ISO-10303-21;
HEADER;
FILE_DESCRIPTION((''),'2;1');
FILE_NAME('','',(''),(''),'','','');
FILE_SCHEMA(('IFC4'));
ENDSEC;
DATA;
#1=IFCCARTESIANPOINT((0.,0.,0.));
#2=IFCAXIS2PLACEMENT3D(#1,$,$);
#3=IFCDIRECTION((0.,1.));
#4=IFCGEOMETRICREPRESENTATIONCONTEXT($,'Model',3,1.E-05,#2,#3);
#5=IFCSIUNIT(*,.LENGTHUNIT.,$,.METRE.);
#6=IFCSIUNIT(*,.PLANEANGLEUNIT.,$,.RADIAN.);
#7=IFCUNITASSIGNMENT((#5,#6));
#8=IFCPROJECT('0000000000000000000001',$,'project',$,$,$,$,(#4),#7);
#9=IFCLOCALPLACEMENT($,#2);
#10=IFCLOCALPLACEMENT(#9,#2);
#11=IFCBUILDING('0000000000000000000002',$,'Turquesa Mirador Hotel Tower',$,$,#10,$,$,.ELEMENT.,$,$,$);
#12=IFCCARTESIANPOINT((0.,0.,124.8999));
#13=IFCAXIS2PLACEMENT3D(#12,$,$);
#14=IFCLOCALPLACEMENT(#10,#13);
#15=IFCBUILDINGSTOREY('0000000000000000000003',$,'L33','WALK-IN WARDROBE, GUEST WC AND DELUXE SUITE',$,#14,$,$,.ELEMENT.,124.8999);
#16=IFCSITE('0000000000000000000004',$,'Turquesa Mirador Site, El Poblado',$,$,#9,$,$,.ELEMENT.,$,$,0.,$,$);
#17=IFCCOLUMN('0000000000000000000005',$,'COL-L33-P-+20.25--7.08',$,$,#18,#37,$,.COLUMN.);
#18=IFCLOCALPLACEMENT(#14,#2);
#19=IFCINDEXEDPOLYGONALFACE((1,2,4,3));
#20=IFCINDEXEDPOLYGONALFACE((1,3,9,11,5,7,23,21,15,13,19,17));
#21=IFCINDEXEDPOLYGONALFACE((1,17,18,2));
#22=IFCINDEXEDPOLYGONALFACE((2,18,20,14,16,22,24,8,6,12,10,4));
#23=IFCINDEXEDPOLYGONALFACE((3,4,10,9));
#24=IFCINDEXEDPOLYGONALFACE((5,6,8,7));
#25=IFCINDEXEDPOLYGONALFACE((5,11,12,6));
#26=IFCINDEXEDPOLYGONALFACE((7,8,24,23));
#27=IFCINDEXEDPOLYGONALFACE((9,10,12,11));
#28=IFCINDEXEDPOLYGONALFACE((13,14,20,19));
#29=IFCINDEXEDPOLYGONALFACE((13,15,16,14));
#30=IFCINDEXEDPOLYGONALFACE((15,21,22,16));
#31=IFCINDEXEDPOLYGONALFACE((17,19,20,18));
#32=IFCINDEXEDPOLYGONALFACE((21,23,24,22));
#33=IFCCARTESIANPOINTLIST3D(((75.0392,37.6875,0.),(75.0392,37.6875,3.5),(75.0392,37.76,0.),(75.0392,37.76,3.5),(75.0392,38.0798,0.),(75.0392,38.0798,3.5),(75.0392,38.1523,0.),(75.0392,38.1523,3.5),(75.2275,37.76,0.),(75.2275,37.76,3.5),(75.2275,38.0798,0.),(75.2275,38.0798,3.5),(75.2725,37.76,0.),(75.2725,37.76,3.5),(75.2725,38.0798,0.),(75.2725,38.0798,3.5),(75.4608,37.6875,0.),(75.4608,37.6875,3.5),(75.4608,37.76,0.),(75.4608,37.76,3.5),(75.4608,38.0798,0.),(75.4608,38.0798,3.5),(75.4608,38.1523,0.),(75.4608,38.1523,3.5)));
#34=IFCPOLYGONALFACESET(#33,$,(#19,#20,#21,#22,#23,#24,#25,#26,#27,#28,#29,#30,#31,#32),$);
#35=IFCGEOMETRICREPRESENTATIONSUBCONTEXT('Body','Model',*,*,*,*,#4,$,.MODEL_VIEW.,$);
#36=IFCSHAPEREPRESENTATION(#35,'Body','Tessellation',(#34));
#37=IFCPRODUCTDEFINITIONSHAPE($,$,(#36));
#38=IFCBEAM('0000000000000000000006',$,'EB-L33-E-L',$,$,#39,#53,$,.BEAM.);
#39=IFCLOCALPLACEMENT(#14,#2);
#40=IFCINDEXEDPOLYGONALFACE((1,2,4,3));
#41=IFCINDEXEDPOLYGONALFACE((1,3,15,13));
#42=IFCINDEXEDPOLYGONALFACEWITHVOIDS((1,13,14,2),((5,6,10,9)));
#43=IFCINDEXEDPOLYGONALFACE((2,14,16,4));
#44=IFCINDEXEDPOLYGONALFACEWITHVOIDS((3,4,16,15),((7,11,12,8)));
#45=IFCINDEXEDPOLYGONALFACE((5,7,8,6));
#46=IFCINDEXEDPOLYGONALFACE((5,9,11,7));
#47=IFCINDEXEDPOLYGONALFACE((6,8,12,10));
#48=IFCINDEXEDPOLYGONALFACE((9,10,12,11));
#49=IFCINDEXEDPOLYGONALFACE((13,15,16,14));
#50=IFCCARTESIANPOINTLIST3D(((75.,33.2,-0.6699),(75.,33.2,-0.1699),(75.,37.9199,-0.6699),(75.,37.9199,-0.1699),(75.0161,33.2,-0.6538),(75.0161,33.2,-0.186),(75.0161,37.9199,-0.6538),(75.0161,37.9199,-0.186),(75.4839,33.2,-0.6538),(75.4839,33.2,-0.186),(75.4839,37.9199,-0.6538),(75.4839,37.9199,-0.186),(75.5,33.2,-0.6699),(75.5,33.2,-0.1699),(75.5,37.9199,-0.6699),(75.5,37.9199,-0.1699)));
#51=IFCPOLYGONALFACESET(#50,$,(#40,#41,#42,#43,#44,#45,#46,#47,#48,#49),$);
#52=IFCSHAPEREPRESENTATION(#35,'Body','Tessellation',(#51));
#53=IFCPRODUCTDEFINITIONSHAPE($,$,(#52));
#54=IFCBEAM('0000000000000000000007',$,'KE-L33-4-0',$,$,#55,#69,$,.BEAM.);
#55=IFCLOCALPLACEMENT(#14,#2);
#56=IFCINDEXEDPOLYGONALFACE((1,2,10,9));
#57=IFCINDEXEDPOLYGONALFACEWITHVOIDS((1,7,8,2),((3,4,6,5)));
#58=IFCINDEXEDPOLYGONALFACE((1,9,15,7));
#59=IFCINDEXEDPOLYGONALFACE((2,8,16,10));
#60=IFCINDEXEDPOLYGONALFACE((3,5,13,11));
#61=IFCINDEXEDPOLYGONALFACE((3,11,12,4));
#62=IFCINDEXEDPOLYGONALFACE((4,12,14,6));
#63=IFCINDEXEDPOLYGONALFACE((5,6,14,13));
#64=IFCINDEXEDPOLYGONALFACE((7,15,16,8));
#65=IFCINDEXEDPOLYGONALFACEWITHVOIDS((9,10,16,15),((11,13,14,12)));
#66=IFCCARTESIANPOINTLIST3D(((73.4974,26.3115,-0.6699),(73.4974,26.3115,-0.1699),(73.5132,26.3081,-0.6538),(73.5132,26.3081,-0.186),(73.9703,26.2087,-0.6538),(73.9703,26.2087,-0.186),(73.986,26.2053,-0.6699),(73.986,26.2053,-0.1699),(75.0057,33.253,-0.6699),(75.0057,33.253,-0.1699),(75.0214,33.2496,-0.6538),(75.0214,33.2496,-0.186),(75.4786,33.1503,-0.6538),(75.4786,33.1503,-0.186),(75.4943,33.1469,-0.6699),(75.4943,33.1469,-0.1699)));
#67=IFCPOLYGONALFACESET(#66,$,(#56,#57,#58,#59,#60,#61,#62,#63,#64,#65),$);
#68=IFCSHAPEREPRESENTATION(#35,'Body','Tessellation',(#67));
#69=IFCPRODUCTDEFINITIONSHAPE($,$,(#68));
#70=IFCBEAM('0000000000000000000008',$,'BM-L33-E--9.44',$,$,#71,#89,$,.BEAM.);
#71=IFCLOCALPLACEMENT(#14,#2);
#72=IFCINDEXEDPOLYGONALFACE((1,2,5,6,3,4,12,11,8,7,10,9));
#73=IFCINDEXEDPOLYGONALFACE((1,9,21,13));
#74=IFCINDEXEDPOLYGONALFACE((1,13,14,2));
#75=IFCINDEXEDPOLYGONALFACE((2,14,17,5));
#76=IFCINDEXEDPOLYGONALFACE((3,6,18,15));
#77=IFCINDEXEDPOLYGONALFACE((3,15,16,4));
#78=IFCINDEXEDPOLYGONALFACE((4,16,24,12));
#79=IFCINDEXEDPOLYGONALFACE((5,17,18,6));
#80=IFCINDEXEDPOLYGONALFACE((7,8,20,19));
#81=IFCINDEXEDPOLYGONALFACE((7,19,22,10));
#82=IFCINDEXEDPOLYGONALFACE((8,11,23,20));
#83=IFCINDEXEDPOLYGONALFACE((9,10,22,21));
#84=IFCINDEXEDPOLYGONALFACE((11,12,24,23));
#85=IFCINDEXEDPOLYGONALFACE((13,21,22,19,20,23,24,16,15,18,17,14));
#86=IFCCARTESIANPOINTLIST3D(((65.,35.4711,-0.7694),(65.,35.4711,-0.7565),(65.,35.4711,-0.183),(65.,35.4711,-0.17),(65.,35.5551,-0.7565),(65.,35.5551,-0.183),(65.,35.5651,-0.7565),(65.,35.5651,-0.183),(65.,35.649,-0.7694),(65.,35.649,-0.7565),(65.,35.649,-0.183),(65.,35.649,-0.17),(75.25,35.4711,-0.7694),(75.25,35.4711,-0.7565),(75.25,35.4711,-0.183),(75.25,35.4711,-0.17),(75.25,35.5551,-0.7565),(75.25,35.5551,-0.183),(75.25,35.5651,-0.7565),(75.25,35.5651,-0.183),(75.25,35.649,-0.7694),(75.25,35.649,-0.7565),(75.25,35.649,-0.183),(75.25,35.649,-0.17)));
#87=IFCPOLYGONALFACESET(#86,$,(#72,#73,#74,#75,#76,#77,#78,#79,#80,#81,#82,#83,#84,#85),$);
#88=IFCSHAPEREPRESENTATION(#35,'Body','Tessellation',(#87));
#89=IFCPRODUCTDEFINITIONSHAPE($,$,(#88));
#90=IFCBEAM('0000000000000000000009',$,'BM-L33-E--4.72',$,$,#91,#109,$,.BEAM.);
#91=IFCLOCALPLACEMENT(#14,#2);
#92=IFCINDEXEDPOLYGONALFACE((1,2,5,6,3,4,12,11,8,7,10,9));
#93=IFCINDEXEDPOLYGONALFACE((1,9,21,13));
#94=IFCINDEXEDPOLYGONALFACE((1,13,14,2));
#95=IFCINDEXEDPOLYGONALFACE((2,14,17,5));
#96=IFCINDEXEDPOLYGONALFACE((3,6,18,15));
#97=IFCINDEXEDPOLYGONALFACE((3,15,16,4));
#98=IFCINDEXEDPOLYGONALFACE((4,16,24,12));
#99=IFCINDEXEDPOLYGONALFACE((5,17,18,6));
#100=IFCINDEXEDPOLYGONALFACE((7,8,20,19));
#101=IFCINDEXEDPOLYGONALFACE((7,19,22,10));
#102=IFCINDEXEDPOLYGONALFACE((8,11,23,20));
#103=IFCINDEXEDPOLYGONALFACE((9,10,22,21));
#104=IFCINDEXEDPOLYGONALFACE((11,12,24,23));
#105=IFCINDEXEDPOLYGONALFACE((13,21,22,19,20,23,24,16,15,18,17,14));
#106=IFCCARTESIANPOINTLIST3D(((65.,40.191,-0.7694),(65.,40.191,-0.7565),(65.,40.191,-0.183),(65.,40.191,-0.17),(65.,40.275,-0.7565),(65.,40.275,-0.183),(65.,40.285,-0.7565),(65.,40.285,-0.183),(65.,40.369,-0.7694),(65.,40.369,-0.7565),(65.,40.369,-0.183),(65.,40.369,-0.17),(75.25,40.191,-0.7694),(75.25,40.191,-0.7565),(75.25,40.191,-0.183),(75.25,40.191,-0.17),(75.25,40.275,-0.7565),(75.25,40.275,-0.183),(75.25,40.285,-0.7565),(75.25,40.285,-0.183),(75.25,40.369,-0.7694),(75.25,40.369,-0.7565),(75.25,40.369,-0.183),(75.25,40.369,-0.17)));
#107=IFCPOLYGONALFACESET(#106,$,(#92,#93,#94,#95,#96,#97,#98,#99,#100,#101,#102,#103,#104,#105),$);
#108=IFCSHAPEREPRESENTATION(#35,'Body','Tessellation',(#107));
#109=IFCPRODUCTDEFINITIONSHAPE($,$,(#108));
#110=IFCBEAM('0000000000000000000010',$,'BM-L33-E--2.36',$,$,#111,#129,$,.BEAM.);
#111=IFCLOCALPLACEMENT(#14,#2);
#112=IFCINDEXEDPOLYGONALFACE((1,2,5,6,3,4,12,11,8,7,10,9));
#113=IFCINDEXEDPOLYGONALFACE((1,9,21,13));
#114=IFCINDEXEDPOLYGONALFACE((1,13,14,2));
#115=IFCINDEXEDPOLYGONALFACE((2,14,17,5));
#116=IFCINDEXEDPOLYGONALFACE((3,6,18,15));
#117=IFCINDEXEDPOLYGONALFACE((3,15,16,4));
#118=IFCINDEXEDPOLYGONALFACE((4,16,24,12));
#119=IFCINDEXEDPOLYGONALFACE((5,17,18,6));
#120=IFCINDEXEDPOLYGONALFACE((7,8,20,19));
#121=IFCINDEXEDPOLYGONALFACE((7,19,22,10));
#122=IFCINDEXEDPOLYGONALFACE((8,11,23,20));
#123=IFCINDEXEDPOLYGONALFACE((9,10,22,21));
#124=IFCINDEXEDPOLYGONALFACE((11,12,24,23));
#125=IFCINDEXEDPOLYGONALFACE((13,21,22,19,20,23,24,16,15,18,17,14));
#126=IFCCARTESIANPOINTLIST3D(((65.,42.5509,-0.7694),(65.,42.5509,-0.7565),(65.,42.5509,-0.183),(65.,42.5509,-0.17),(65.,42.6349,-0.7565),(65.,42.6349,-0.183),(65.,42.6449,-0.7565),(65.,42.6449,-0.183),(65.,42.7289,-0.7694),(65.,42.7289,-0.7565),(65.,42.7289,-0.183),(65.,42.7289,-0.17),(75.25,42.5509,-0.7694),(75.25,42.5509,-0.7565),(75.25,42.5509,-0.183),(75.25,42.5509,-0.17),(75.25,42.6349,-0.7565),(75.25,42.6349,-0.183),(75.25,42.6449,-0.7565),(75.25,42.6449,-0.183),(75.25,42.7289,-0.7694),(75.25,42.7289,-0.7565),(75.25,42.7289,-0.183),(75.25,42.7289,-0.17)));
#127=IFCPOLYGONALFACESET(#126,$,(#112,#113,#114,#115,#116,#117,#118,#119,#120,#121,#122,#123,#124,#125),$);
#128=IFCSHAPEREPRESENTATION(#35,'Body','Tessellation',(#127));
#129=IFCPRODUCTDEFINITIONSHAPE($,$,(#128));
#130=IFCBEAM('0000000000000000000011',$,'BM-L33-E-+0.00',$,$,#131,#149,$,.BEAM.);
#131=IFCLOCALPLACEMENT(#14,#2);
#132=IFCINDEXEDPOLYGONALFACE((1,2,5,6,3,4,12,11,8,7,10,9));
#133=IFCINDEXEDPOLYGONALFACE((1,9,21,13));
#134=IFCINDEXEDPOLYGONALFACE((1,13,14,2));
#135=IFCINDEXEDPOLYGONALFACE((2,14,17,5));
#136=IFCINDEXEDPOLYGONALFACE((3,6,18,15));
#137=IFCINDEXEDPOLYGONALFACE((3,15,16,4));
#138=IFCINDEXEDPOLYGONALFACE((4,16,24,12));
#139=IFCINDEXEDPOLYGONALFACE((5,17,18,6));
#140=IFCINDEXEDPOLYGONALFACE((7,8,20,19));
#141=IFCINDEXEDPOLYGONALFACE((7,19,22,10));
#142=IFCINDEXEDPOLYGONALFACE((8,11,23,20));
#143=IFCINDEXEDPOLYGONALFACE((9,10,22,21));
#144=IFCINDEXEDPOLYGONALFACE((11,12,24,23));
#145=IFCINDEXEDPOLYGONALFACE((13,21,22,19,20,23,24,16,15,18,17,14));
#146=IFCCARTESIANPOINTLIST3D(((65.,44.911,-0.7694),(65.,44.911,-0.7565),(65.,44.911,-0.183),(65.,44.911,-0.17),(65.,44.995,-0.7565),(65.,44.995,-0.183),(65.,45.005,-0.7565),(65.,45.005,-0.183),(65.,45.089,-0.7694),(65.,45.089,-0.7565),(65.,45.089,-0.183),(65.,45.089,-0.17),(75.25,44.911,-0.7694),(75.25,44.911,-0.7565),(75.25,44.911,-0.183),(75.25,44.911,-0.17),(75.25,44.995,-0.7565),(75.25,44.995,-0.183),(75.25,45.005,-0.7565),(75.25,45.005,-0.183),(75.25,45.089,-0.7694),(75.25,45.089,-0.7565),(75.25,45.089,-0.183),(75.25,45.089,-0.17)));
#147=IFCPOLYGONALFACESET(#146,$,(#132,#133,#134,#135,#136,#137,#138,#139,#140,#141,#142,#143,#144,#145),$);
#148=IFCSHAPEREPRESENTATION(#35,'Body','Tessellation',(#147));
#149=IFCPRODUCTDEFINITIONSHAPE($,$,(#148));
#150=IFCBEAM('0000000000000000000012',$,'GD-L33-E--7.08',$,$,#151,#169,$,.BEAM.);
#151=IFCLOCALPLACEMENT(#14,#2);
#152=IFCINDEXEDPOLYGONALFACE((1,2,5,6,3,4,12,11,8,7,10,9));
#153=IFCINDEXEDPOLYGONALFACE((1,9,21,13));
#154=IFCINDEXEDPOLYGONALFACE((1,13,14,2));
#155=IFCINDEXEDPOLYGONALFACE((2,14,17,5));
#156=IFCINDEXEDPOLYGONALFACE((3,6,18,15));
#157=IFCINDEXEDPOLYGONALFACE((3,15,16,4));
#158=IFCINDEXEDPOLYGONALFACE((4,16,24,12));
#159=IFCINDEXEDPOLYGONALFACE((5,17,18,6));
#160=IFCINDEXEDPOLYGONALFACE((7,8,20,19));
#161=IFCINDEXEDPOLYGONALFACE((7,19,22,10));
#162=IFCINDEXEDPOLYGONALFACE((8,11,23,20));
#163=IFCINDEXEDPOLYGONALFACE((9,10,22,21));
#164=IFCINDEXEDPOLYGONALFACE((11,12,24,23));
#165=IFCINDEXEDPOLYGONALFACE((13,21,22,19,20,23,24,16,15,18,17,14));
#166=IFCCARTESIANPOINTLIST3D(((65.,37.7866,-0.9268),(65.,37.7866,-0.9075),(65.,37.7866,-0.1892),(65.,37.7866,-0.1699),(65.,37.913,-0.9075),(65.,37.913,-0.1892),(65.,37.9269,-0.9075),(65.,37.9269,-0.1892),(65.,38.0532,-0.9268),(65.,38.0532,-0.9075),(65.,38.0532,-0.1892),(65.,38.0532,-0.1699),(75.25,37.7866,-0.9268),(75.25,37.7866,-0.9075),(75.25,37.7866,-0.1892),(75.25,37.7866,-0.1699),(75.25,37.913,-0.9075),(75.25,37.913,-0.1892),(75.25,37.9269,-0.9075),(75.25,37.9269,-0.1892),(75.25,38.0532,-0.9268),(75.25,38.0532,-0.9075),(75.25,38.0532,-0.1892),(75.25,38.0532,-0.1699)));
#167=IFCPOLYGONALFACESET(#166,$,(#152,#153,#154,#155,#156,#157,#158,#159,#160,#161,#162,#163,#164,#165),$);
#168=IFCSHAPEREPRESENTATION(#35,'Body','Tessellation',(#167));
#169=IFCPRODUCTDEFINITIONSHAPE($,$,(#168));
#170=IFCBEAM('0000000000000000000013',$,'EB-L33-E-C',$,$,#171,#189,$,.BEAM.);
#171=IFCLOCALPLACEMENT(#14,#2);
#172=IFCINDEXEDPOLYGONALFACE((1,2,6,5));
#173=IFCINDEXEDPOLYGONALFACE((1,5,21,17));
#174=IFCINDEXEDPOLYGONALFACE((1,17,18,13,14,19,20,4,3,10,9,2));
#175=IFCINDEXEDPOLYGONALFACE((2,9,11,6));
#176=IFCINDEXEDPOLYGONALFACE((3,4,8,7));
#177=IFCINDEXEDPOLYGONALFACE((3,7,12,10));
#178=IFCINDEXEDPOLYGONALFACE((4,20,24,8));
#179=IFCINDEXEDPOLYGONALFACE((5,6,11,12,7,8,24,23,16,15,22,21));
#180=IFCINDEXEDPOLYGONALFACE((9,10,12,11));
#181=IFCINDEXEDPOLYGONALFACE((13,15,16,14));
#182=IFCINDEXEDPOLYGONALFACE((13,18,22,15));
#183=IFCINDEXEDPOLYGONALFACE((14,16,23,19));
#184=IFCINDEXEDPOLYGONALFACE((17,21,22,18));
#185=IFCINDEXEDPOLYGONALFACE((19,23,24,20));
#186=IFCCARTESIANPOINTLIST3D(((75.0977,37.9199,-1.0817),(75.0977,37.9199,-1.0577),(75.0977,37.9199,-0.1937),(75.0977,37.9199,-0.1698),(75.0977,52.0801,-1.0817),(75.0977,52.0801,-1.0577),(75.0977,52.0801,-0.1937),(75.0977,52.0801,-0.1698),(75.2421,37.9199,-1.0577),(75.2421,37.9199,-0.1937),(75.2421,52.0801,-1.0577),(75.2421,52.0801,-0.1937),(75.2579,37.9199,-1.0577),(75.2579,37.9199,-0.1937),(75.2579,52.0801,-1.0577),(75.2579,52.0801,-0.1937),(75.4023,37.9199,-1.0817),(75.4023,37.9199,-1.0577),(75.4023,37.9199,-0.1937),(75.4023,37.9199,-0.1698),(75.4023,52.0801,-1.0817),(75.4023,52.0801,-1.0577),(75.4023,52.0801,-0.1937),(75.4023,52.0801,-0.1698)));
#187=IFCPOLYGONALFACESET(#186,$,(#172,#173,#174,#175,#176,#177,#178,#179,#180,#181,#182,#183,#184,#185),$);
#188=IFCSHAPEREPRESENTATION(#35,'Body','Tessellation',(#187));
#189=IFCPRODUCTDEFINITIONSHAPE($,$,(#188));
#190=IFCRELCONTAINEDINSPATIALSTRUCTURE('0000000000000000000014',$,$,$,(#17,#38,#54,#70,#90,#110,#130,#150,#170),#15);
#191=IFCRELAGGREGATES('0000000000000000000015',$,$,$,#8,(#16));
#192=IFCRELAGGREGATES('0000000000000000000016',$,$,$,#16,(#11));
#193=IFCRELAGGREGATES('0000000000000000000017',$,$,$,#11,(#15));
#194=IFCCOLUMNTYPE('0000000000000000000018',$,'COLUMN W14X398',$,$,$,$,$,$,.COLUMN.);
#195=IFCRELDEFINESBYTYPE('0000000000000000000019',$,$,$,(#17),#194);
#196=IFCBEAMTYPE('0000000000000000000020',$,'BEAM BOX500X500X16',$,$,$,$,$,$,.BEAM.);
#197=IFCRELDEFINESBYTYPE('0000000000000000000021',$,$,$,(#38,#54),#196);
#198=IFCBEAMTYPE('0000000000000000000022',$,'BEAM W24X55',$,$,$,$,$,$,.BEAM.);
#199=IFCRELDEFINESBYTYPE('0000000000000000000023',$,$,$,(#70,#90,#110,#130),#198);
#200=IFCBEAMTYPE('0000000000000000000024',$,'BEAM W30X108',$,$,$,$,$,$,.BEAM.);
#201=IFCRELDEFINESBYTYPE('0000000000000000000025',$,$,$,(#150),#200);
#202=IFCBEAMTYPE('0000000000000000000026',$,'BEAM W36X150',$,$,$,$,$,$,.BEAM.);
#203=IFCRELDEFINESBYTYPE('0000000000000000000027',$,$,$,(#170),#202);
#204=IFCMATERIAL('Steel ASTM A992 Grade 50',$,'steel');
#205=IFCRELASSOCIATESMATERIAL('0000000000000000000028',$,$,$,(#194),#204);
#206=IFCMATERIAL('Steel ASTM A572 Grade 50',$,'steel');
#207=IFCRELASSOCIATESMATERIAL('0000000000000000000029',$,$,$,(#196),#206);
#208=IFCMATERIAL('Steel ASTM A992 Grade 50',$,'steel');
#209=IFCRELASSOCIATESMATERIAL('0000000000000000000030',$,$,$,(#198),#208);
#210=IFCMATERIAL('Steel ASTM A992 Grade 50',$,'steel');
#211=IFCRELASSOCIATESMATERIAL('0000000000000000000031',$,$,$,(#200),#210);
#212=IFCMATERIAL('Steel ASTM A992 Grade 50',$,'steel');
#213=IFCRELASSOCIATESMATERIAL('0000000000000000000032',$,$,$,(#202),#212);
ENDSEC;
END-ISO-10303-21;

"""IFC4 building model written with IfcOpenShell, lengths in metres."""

from ifc_helpers import new_model, si_unit, direction, frame, origin, origin_2d, place, context, subcontext, project, spatial, hollow_rectangle, i_section, extrude, material, material_profile, profile_set, type_object, element, save


model = new_model("IFC4")

# Units and contexts
model_context = context("Model", 3, precision=1e-05, world=origin(), true_north=direction((0.0, 1.0)))
body_context = subcontext(model_context, "Body", "Model", "MODEL_VIEW")
ifc_project = project(units=[si_unit("LENGTHUNIT", "METRE"), si_unit("PLANEANGLEUNIT", "RADIAN")], contexts=[model_context])

# Site, building, storey
site_placement = place(None, origin())
site = spatial("IfcSite", under=ifc_project, at=site_placement, Name="Turquesa Mirador Site, El Poblado", CompositionType="ELEMENT", RefElevation=0.0)
building_placement = place(site_placement, origin())
building = spatial("IfcBuilding", under=site, at=building_placement, Name="Turquesa Mirador Hotel Tower", CompositionType="ELEMENT")
storey_placement = place(building_placement, frame((0.0, 0.0, 124.8999)))
storey = spatial("IfcBuildingStorey", under=building, at=storey_placement, Name="L33", Description="WALK-IN WARDROBE, GUEST WC AND DELUXE SUITE", CompositionType="ELEMENT", Elevation=124.8999)

# Column
ifc_material_1 = material(Name="Steel ASTM A992 Grade 50", Category="steel")
ifc_material_profile_1 = material_profile(ifc_material_1, i_section(OverallWidth=0.4216, OverallDepth=0.4648, WebThickness=0.0449, FlangeThickness=0.0725, at=origin_2d()), Name="W14X398")
ifc_profile_set_1 = profile_set([ifc_material_profile_1], Name="Steel ASTM A992 Grade 50")
column_type = type_object("IfcColumnType", Name="COLUMN W14X398", PredefinedType="COLUMN", material=ifc_profile_set_1)
column_placement = place(storey_placement, frame((75.25, 37.9199, 0.0), z_axis=(0.0, 0.0, 1.0), x_axis=(1.0, 0.0, 0.0)))
element("IfcColumn", 1, at=column_placement, inside=storey, type_object=column_type, Name="COL-L33-P-+20.25--7.08", PredefinedType="COLUMN", context=body_context, shape_type="SweptSolid", body=[
    extrude(i_section(OverallWidth=0.4216, OverallDepth=0.4648, WebThickness=0.0449, FlangeThickness=0.0725, at=origin_2d()), origin(), (0.0, 0.0, 1.0), 3.5),
])

# Beams
ifc_material_2 = material(Name="Steel ASTM A572 Grade 50", Category="steel")
ifc_material_profile_2 = material_profile(ifc_material_2, hollow_rectangle(XDim=0.5, YDim=0.5, WallThickness=0.0161, at=origin_2d()), Name="BOX500X500X16")
ifc_profile_set_2 = profile_set([ifc_material_profile_2], Name="Steel ASTM A572 Grade 50")
beam_type_1 = type_object("IfcBeamType", Name="BEAM BOX500X500X16", PredefinedType="BEAM", material=ifc_profile_set_2)
beam_1_placement = place(storey_placement, frame((75.25, 33.2, -0.4199), z_axis=(0.0, 1.0, 0.0), x_axis=(-1.0, 0.0, 0.0)))
element("IfcBeam", 2, at=beam_1_placement, inside=storey, type_object=beam_type_1, Name="EB-L33-E-L", PredefinedType="BEAM", context=body_context, shape_type="SweptSolid", body=[
    extrude(hollow_rectangle(XDim=0.5, YDim=0.5, WallThickness=0.0161, at=origin_2d()), origin(), (0.0, 0.0, 1.0), 4.72),
])
beam_2_placement = place(storey_placement, frame((75.25, 33.2, -0.4199), z_axis=(-0.212328, -0.977198, 0.0), x_axis=(0.977198, -0.212328, 0.0)))
element("IfcBeam", 3, at=beam_2_placement, inside=storey, type_object=beam_type_1, Name="KE-L33-4-0", PredefinedType="BEAM", context=body_context, shape_type="SweptSolid", body=[
    extrude(hollow_rectangle(XDim=0.5, YDim=0.5, WallThickness=0.0161, at=origin_2d()), origin(), (0.0, 0.0, 1.0), 7.1035),
])
ifc_material_3 = material(Name="Steel ASTM A992 Grade 50", Category="steel")
ifc_material_profile_3 = material_profile(ifc_material_3, i_section(OverallWidth=0.178, OverallDepth=0.5994, WebThickness=0.01, FlangeThickness=0.0129, at=origin_2d()), Name="W24X55")
ifc_profile_set_3 = profile_set([ifc_material_profile_3], Name="Steel ASTM A992 Grade 50")
beam_type_2 = type_object("IfcBeamType", Name="BEAM W24X55", PredefinedType="BEAM", material=ifc_profile_set_3)
for number, where, z_axis, x_axis, name in (
    (4, (75.25, 35.5601, -0.4697), (-1.0, 0.0, 0.0), (0.0, -1.0, 0.0), "BM-L33-E--9.44"),
    (5, (75.25, 40.28, -0.4697), (-1.0, 0.0, 0.0), (0.0, -1.0, 0.0), "BM-L33-E--4.72"),
    (6, (75.25, 42.6399, -0.4697), (-1.0, 0.0, 0.0), (0.0, -1.0, 0.0), "BM-L33-E--2.36"),
    (7, (75.25, 45.0, -0.4697), (-1.0, 0.0, 0.0), (0.0, -1.0, 0.0), "BM-L33-E-+0.00"),
):
    element("IfcBeam", number, at=place(storey_placement, frame(where, z_axis=z_axis, x_axis=x_axis)), inside=storey, type_object=beam_type_2, Name=name, PredefinedType="BEAM", context=body_context, shape_type="SweptSolid", body=[
        extrude(i_section(OverallWidth=0.178, OverallDepth=0.5994, WebThickness=0.01, FlangeThickness=0.0129, at=origin_2d()), origin(), (0.0, 0.0, 1.0), 10.25),
    ])
ifc_material_4 = material(Name="Steel ASTM A992 Grade 50", Category="steel")
ifc_material_profile_4 = material_profile(ifc_material_4, i_section(OverallWidth=0.2666, OverallDepth=0.7568, WebThickness=0.0139, FlangeThickness=0.0193, at=origin_2d()), Name="W30X108")
ifc_profile_set_4 = profile_set([ifc_material_profile_4], Name="Steel ASTM A992 Grade 50")
beam_type_3 = type_object("IfcBeamType", Name="BEAM W30X108", PredefinedType="BEAM", material=ifc_profile_set_4)
beam_3_placement = place(storey_placement, frame((75.25, 37.9199, -0.5483), z_axis=(-1.0, 0.0, 0.0), x_axis=(0.0, -1.0, 0.0)))
element("IfcBeam", 8, at=beam_3_placement, inside=storey, type_object=beam_type_3, Name="GD-L33-E--7.08", PredefinedType="BEAM", context=body_context, shape_type="SweptSolid", body=[
    extrude(i_section(OverallWidth=0.2666, OverallDepth=0.7568, WebThickness=0.0139, FlangeThickness=0.0193, at=origin_2d()), origin(), (0.0, 0.0, 1.0), 10.25),
])
ifc_material_5 = material(Name="Steel ASTM A992 Grade 50", Category="steel")
ifc_material_profile_5 = material_profile(ifc_material_5, i_section(OverallWidth=0.3047, OverallDepth=0.9119, WebThickness=0.0159, FlangeThickness=0.0239, at=origin_2d()), Name="W36X150")
ifc_profile_set_5 = profile_set([ifc_material_profile_5], Name="Steel ASTM A992 Grade 50")
beam_type_4 = type_object("IfcBeamType", Name="BEAM W36X150", PredefinedType="BEAM", material=ifc_profile_set_5)
beam_4_placement = place(storey_placement, frame((75.25, 37.9199, -0.6257), z_axis=(0.0, 1.0, 0.0), x_axis=(-1.0, 0.0, 0.0)))
element("IfcBeam", 9, at=beam_4_placement, inside=storey, type_object=beam_type_4, Name="EB-L33-E-C", PredefinedType="BEAM", context=body_context, shape_type="SweptSolid", body=[
    extrude(i_section(OverallWidth=0.3047, OverallDepth=0.9119, WebThickness=0.0159, FlangeThickness=0.0239, at=origin_2d()), origin(), (0.0, 0.0, 1.0), 14.1602),
])

save(model, "model.ifc")
